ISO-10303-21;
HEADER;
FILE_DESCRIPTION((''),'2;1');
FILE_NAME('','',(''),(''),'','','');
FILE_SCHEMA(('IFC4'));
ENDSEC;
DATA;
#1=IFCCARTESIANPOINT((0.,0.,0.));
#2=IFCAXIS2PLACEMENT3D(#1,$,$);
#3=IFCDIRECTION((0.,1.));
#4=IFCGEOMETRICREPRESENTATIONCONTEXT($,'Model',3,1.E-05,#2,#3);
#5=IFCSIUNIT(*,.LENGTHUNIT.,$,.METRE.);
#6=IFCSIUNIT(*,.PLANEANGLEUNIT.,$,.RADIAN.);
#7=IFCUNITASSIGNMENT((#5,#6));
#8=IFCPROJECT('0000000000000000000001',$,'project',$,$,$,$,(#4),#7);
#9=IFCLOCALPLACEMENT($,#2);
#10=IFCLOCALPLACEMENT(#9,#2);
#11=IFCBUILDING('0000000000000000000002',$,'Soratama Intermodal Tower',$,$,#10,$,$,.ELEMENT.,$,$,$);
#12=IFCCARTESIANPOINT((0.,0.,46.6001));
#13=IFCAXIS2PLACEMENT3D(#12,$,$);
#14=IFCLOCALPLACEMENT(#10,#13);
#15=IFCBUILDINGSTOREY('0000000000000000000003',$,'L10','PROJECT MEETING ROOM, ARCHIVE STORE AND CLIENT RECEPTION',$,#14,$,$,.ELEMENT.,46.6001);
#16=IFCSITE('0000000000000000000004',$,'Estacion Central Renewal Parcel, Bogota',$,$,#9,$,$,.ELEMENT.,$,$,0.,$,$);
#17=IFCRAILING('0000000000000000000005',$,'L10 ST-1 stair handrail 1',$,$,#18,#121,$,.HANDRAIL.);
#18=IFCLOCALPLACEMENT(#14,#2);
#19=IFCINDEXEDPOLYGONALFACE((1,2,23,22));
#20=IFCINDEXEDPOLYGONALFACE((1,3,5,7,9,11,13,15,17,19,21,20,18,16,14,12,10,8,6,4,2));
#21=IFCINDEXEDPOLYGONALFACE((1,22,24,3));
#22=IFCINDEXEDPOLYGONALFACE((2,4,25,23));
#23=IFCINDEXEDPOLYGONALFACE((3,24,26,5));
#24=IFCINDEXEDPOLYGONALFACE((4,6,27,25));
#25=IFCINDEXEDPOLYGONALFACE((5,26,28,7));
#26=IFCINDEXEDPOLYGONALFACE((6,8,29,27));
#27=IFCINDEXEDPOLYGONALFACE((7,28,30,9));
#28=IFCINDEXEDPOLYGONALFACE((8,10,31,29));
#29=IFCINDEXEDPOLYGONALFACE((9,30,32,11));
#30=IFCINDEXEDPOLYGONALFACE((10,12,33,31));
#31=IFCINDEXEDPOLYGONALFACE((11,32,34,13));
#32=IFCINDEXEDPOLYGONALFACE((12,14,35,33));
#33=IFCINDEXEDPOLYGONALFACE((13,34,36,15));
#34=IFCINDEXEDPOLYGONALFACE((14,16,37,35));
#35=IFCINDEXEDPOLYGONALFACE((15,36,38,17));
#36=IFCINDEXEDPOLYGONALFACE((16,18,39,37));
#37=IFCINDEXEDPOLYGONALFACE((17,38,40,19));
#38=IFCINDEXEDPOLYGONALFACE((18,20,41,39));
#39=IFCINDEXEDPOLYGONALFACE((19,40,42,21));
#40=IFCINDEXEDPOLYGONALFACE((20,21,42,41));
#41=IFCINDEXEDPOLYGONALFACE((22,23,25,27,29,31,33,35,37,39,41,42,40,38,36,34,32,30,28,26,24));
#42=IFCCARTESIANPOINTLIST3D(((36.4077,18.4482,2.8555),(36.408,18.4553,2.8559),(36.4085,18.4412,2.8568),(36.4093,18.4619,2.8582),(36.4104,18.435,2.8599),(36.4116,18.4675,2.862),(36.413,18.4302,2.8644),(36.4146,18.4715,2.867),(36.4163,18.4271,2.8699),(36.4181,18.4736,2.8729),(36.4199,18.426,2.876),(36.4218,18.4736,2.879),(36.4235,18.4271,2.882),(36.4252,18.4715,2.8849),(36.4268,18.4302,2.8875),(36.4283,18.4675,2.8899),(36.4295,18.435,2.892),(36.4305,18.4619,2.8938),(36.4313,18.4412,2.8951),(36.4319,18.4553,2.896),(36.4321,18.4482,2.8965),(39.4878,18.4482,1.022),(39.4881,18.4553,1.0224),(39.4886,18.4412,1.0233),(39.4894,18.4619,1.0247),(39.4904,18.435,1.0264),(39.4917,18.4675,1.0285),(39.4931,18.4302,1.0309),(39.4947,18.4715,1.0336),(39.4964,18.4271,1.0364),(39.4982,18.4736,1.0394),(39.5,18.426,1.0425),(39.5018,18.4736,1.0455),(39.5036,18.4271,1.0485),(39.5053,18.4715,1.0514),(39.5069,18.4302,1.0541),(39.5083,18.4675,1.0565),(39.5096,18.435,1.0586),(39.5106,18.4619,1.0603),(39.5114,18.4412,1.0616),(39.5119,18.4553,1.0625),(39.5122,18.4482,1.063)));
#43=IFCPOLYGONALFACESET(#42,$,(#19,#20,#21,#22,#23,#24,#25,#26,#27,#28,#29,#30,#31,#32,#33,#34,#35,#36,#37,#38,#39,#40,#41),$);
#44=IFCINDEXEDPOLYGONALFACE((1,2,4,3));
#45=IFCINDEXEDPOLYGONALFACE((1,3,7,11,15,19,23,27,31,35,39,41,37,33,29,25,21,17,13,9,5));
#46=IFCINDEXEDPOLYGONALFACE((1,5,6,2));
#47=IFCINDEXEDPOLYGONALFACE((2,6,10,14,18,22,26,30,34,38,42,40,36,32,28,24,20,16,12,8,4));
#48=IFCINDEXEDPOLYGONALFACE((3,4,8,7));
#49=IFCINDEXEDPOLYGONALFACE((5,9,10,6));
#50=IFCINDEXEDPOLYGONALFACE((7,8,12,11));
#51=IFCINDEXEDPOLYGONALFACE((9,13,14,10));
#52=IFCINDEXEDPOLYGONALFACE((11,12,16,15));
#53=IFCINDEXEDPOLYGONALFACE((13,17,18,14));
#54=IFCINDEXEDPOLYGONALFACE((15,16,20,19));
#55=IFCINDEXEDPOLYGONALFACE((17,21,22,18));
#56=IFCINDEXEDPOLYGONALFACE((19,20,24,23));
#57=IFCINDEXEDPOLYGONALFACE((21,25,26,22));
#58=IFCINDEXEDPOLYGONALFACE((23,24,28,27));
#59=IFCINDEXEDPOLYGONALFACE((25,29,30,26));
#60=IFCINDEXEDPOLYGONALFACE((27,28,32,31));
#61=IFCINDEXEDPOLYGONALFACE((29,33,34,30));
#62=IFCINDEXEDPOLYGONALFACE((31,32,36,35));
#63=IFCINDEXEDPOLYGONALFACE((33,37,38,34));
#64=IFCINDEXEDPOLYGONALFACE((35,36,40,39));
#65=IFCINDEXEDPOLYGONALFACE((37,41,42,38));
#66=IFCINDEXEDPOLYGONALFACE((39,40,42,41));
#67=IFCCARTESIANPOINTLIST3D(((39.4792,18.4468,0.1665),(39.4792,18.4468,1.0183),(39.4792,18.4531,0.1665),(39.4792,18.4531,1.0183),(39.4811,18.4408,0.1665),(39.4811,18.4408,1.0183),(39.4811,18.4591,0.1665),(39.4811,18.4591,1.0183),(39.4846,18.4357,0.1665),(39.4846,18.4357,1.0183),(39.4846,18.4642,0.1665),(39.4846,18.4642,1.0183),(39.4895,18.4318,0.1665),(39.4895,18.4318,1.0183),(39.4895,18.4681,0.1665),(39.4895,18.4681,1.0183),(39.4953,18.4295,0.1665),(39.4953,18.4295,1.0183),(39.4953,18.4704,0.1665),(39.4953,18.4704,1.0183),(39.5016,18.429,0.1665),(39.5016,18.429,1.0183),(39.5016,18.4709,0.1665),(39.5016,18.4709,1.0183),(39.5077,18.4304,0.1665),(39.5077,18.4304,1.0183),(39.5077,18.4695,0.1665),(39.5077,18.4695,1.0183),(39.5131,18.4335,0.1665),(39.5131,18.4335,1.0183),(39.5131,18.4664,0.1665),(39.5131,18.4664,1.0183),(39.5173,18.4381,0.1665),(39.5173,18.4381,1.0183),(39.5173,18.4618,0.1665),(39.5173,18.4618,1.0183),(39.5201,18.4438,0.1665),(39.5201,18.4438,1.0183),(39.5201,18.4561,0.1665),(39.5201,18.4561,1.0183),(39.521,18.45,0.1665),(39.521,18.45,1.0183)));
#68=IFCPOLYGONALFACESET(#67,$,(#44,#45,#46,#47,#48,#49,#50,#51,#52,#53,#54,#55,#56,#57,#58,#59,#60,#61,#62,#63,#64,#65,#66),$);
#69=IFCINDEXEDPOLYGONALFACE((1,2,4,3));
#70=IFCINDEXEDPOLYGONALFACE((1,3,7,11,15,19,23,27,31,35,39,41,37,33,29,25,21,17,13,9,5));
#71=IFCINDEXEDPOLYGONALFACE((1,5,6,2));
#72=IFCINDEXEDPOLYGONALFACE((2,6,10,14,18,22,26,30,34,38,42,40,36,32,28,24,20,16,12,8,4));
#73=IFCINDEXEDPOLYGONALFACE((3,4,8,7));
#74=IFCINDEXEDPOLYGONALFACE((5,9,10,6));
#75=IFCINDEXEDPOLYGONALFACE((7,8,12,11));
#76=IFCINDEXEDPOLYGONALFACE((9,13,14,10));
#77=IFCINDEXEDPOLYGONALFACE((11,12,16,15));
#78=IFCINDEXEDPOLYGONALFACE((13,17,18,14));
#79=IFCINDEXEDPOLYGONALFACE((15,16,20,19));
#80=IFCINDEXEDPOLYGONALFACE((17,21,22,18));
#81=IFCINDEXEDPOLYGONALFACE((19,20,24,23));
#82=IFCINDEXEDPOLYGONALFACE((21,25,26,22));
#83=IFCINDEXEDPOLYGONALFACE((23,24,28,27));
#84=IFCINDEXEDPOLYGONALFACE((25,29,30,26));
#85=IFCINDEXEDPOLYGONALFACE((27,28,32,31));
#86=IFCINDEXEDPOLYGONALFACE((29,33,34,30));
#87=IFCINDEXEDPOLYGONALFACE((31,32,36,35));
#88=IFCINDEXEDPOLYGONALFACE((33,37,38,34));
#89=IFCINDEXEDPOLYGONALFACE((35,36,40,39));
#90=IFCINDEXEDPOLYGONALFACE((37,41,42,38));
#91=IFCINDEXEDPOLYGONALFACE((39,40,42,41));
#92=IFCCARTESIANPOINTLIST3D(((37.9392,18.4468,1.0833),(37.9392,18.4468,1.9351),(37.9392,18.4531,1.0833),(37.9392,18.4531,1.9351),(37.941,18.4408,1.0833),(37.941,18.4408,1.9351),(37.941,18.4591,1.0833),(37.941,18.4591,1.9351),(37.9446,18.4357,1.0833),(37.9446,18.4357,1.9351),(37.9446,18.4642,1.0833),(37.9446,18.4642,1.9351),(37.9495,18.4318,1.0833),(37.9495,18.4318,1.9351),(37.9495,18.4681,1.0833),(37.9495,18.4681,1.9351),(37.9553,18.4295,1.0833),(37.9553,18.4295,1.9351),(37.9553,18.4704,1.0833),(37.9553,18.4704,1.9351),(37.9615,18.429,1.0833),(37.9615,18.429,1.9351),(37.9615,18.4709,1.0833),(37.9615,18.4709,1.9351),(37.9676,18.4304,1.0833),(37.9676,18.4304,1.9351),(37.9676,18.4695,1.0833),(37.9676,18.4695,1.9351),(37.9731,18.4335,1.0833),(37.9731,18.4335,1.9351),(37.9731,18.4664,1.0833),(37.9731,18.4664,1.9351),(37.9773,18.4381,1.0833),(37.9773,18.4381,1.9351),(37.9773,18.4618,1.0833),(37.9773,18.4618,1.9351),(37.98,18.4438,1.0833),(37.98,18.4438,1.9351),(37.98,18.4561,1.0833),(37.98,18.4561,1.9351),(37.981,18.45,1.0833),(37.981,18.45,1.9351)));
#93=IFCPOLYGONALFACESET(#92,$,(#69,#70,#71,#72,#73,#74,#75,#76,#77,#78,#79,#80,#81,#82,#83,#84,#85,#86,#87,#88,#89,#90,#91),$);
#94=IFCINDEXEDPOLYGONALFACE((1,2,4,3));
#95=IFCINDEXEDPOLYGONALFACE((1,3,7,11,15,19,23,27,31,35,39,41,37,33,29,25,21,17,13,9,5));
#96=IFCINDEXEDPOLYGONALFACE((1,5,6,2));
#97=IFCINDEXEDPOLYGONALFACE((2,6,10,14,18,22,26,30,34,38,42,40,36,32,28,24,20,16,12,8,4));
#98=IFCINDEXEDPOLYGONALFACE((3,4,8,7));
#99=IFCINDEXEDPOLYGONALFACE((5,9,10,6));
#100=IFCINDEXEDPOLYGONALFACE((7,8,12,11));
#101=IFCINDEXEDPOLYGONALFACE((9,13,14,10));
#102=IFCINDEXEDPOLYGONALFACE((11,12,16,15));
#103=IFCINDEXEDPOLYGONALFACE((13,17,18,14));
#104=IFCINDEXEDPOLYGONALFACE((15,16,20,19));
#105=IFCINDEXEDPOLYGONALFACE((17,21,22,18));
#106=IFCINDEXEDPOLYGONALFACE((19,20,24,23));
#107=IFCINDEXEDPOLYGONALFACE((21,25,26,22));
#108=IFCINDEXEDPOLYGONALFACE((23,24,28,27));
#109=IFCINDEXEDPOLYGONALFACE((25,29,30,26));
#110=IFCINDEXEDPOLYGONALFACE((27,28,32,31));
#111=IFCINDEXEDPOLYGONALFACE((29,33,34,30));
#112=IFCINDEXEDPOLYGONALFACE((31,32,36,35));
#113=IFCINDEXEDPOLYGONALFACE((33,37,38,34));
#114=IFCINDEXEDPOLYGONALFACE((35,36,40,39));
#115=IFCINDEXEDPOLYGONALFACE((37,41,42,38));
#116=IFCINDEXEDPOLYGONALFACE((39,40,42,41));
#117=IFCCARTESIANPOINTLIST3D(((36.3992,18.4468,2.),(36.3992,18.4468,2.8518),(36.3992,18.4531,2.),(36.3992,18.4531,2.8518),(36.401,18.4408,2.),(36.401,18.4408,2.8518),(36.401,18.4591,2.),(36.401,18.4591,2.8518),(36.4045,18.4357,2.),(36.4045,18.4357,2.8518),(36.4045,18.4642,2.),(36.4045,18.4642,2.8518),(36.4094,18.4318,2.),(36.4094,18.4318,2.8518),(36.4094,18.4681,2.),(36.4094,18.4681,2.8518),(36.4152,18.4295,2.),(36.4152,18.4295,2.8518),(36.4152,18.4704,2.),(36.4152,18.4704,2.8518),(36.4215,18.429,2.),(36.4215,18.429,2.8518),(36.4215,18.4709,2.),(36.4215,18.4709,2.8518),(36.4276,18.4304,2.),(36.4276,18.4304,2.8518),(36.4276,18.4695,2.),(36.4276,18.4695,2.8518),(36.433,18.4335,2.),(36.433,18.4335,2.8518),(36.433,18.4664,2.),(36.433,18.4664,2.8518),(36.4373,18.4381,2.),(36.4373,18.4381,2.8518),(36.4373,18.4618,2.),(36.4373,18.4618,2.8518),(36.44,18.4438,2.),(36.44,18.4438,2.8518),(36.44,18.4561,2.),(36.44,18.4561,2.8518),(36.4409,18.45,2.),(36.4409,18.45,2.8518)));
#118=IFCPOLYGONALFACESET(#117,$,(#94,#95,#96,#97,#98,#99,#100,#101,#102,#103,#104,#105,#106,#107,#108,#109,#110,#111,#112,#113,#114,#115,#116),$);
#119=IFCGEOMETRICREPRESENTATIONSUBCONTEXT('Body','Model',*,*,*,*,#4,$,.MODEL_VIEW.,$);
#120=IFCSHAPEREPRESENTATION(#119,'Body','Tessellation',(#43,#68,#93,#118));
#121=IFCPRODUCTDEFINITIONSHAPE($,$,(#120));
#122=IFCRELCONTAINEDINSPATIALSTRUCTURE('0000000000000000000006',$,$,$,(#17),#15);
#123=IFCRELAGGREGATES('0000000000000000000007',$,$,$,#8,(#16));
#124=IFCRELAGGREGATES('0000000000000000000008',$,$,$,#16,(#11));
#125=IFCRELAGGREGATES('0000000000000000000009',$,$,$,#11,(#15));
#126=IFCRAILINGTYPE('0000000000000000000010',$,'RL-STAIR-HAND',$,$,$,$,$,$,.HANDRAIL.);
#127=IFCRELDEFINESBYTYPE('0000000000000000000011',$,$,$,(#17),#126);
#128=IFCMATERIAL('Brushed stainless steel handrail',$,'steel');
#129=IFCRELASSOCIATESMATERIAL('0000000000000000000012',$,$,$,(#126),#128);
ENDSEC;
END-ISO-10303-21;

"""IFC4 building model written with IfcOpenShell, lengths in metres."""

from ifc_helpers import new_model, si_unit, direction, frame, origin, origin_2d, place, context, subcontext, project, spatial, circle, extrude, material, type_object, element, save


model = new_model("IFC4")

# Units and contexts
model_context = context("Model", 3, precision=1e-05, world=origin(), true_north=direction((0.0, 1.0)))
body_context = subcontext(model_context, "Body", "Model", "MODEL_VIEW")
ifc_project = project(units=[si_unit("LENGTHUNIT", "METRE"), si_unit("PLANEANGLEUNIT", "RADIAN")], contexts=[model_context])

# Site, building, storey
site_placement = place(None, origin())
site = spatial("IfcSite", under=ifc_project, at=site_placement, Name="Estacion Central Renewal Parcel, Bogota", CompositionType="ELEMENT", RefElevation=0.0)
building_placement = place(site_placement, origin())
building = spatial("IfcBuilding", under=site, at=building_placement, Name="Soratama Intermodal Tower", CompositionType="ELEMENT")
storey_placement = place(building_placement, frame((0.0, 0.0, 46.6001)))
storey = spatial("IfcBuildingStorey", under=building, at=storey_placement, Name="L10", Description="PROJECT MEETING ROOM, ARCHIVE STORE AND CLIENT RECEPTION", CompositionType="ELEMENT", Elevation=46.6001)

# Railing
ifc_material_1 = material(Name="Brushed stainless steel handrail", Category="steel")
railing_type_1 = type_object("IfcRailingType", Name="RL-STAIR-HAND", PredefinedType="HANDRAIL", material=ifc_material_1)
railing_1_placement = place(storey_placement, frame((39.5, 18.45, 0.1665)))
element("IfcRailing", 1, at=railing_1_placement, inside=storey, type_object=railing_type_1, Name="L10 ST-1 stair handrail 1", PredefinedType="HANDRAIL", context=body_context, shape_type="SweptSolid", body=[
    extrude(circle(Radius=0.0239, at=origin_2d()), frame((0.0, 0.0, 0.876), z_axis=(-0.859279, 0.0, 0.511508), x_axis=(0.0, -1.0, 0.0)), (0.0, 0.0, 1.0), 3.5845),
    extrude(circle(Radius=0.021, at=origin_2d()), origin(), (0.0, 0.0, 1.0), 0.8518),
    extrude(circle(Radius=0.021, at=origin_2d()), frame((-1.54, 0.0, 0.9167)), (0.0, 0.0, 1.0), 0.8518),
    extrude(circle(Radius=0.021, at=origin_2d()), frame((-3.0801, 0.0, 1.8335)), (0.0, 0.0, 1.0), 0.8518),
])

save(model, "model.ifc")
